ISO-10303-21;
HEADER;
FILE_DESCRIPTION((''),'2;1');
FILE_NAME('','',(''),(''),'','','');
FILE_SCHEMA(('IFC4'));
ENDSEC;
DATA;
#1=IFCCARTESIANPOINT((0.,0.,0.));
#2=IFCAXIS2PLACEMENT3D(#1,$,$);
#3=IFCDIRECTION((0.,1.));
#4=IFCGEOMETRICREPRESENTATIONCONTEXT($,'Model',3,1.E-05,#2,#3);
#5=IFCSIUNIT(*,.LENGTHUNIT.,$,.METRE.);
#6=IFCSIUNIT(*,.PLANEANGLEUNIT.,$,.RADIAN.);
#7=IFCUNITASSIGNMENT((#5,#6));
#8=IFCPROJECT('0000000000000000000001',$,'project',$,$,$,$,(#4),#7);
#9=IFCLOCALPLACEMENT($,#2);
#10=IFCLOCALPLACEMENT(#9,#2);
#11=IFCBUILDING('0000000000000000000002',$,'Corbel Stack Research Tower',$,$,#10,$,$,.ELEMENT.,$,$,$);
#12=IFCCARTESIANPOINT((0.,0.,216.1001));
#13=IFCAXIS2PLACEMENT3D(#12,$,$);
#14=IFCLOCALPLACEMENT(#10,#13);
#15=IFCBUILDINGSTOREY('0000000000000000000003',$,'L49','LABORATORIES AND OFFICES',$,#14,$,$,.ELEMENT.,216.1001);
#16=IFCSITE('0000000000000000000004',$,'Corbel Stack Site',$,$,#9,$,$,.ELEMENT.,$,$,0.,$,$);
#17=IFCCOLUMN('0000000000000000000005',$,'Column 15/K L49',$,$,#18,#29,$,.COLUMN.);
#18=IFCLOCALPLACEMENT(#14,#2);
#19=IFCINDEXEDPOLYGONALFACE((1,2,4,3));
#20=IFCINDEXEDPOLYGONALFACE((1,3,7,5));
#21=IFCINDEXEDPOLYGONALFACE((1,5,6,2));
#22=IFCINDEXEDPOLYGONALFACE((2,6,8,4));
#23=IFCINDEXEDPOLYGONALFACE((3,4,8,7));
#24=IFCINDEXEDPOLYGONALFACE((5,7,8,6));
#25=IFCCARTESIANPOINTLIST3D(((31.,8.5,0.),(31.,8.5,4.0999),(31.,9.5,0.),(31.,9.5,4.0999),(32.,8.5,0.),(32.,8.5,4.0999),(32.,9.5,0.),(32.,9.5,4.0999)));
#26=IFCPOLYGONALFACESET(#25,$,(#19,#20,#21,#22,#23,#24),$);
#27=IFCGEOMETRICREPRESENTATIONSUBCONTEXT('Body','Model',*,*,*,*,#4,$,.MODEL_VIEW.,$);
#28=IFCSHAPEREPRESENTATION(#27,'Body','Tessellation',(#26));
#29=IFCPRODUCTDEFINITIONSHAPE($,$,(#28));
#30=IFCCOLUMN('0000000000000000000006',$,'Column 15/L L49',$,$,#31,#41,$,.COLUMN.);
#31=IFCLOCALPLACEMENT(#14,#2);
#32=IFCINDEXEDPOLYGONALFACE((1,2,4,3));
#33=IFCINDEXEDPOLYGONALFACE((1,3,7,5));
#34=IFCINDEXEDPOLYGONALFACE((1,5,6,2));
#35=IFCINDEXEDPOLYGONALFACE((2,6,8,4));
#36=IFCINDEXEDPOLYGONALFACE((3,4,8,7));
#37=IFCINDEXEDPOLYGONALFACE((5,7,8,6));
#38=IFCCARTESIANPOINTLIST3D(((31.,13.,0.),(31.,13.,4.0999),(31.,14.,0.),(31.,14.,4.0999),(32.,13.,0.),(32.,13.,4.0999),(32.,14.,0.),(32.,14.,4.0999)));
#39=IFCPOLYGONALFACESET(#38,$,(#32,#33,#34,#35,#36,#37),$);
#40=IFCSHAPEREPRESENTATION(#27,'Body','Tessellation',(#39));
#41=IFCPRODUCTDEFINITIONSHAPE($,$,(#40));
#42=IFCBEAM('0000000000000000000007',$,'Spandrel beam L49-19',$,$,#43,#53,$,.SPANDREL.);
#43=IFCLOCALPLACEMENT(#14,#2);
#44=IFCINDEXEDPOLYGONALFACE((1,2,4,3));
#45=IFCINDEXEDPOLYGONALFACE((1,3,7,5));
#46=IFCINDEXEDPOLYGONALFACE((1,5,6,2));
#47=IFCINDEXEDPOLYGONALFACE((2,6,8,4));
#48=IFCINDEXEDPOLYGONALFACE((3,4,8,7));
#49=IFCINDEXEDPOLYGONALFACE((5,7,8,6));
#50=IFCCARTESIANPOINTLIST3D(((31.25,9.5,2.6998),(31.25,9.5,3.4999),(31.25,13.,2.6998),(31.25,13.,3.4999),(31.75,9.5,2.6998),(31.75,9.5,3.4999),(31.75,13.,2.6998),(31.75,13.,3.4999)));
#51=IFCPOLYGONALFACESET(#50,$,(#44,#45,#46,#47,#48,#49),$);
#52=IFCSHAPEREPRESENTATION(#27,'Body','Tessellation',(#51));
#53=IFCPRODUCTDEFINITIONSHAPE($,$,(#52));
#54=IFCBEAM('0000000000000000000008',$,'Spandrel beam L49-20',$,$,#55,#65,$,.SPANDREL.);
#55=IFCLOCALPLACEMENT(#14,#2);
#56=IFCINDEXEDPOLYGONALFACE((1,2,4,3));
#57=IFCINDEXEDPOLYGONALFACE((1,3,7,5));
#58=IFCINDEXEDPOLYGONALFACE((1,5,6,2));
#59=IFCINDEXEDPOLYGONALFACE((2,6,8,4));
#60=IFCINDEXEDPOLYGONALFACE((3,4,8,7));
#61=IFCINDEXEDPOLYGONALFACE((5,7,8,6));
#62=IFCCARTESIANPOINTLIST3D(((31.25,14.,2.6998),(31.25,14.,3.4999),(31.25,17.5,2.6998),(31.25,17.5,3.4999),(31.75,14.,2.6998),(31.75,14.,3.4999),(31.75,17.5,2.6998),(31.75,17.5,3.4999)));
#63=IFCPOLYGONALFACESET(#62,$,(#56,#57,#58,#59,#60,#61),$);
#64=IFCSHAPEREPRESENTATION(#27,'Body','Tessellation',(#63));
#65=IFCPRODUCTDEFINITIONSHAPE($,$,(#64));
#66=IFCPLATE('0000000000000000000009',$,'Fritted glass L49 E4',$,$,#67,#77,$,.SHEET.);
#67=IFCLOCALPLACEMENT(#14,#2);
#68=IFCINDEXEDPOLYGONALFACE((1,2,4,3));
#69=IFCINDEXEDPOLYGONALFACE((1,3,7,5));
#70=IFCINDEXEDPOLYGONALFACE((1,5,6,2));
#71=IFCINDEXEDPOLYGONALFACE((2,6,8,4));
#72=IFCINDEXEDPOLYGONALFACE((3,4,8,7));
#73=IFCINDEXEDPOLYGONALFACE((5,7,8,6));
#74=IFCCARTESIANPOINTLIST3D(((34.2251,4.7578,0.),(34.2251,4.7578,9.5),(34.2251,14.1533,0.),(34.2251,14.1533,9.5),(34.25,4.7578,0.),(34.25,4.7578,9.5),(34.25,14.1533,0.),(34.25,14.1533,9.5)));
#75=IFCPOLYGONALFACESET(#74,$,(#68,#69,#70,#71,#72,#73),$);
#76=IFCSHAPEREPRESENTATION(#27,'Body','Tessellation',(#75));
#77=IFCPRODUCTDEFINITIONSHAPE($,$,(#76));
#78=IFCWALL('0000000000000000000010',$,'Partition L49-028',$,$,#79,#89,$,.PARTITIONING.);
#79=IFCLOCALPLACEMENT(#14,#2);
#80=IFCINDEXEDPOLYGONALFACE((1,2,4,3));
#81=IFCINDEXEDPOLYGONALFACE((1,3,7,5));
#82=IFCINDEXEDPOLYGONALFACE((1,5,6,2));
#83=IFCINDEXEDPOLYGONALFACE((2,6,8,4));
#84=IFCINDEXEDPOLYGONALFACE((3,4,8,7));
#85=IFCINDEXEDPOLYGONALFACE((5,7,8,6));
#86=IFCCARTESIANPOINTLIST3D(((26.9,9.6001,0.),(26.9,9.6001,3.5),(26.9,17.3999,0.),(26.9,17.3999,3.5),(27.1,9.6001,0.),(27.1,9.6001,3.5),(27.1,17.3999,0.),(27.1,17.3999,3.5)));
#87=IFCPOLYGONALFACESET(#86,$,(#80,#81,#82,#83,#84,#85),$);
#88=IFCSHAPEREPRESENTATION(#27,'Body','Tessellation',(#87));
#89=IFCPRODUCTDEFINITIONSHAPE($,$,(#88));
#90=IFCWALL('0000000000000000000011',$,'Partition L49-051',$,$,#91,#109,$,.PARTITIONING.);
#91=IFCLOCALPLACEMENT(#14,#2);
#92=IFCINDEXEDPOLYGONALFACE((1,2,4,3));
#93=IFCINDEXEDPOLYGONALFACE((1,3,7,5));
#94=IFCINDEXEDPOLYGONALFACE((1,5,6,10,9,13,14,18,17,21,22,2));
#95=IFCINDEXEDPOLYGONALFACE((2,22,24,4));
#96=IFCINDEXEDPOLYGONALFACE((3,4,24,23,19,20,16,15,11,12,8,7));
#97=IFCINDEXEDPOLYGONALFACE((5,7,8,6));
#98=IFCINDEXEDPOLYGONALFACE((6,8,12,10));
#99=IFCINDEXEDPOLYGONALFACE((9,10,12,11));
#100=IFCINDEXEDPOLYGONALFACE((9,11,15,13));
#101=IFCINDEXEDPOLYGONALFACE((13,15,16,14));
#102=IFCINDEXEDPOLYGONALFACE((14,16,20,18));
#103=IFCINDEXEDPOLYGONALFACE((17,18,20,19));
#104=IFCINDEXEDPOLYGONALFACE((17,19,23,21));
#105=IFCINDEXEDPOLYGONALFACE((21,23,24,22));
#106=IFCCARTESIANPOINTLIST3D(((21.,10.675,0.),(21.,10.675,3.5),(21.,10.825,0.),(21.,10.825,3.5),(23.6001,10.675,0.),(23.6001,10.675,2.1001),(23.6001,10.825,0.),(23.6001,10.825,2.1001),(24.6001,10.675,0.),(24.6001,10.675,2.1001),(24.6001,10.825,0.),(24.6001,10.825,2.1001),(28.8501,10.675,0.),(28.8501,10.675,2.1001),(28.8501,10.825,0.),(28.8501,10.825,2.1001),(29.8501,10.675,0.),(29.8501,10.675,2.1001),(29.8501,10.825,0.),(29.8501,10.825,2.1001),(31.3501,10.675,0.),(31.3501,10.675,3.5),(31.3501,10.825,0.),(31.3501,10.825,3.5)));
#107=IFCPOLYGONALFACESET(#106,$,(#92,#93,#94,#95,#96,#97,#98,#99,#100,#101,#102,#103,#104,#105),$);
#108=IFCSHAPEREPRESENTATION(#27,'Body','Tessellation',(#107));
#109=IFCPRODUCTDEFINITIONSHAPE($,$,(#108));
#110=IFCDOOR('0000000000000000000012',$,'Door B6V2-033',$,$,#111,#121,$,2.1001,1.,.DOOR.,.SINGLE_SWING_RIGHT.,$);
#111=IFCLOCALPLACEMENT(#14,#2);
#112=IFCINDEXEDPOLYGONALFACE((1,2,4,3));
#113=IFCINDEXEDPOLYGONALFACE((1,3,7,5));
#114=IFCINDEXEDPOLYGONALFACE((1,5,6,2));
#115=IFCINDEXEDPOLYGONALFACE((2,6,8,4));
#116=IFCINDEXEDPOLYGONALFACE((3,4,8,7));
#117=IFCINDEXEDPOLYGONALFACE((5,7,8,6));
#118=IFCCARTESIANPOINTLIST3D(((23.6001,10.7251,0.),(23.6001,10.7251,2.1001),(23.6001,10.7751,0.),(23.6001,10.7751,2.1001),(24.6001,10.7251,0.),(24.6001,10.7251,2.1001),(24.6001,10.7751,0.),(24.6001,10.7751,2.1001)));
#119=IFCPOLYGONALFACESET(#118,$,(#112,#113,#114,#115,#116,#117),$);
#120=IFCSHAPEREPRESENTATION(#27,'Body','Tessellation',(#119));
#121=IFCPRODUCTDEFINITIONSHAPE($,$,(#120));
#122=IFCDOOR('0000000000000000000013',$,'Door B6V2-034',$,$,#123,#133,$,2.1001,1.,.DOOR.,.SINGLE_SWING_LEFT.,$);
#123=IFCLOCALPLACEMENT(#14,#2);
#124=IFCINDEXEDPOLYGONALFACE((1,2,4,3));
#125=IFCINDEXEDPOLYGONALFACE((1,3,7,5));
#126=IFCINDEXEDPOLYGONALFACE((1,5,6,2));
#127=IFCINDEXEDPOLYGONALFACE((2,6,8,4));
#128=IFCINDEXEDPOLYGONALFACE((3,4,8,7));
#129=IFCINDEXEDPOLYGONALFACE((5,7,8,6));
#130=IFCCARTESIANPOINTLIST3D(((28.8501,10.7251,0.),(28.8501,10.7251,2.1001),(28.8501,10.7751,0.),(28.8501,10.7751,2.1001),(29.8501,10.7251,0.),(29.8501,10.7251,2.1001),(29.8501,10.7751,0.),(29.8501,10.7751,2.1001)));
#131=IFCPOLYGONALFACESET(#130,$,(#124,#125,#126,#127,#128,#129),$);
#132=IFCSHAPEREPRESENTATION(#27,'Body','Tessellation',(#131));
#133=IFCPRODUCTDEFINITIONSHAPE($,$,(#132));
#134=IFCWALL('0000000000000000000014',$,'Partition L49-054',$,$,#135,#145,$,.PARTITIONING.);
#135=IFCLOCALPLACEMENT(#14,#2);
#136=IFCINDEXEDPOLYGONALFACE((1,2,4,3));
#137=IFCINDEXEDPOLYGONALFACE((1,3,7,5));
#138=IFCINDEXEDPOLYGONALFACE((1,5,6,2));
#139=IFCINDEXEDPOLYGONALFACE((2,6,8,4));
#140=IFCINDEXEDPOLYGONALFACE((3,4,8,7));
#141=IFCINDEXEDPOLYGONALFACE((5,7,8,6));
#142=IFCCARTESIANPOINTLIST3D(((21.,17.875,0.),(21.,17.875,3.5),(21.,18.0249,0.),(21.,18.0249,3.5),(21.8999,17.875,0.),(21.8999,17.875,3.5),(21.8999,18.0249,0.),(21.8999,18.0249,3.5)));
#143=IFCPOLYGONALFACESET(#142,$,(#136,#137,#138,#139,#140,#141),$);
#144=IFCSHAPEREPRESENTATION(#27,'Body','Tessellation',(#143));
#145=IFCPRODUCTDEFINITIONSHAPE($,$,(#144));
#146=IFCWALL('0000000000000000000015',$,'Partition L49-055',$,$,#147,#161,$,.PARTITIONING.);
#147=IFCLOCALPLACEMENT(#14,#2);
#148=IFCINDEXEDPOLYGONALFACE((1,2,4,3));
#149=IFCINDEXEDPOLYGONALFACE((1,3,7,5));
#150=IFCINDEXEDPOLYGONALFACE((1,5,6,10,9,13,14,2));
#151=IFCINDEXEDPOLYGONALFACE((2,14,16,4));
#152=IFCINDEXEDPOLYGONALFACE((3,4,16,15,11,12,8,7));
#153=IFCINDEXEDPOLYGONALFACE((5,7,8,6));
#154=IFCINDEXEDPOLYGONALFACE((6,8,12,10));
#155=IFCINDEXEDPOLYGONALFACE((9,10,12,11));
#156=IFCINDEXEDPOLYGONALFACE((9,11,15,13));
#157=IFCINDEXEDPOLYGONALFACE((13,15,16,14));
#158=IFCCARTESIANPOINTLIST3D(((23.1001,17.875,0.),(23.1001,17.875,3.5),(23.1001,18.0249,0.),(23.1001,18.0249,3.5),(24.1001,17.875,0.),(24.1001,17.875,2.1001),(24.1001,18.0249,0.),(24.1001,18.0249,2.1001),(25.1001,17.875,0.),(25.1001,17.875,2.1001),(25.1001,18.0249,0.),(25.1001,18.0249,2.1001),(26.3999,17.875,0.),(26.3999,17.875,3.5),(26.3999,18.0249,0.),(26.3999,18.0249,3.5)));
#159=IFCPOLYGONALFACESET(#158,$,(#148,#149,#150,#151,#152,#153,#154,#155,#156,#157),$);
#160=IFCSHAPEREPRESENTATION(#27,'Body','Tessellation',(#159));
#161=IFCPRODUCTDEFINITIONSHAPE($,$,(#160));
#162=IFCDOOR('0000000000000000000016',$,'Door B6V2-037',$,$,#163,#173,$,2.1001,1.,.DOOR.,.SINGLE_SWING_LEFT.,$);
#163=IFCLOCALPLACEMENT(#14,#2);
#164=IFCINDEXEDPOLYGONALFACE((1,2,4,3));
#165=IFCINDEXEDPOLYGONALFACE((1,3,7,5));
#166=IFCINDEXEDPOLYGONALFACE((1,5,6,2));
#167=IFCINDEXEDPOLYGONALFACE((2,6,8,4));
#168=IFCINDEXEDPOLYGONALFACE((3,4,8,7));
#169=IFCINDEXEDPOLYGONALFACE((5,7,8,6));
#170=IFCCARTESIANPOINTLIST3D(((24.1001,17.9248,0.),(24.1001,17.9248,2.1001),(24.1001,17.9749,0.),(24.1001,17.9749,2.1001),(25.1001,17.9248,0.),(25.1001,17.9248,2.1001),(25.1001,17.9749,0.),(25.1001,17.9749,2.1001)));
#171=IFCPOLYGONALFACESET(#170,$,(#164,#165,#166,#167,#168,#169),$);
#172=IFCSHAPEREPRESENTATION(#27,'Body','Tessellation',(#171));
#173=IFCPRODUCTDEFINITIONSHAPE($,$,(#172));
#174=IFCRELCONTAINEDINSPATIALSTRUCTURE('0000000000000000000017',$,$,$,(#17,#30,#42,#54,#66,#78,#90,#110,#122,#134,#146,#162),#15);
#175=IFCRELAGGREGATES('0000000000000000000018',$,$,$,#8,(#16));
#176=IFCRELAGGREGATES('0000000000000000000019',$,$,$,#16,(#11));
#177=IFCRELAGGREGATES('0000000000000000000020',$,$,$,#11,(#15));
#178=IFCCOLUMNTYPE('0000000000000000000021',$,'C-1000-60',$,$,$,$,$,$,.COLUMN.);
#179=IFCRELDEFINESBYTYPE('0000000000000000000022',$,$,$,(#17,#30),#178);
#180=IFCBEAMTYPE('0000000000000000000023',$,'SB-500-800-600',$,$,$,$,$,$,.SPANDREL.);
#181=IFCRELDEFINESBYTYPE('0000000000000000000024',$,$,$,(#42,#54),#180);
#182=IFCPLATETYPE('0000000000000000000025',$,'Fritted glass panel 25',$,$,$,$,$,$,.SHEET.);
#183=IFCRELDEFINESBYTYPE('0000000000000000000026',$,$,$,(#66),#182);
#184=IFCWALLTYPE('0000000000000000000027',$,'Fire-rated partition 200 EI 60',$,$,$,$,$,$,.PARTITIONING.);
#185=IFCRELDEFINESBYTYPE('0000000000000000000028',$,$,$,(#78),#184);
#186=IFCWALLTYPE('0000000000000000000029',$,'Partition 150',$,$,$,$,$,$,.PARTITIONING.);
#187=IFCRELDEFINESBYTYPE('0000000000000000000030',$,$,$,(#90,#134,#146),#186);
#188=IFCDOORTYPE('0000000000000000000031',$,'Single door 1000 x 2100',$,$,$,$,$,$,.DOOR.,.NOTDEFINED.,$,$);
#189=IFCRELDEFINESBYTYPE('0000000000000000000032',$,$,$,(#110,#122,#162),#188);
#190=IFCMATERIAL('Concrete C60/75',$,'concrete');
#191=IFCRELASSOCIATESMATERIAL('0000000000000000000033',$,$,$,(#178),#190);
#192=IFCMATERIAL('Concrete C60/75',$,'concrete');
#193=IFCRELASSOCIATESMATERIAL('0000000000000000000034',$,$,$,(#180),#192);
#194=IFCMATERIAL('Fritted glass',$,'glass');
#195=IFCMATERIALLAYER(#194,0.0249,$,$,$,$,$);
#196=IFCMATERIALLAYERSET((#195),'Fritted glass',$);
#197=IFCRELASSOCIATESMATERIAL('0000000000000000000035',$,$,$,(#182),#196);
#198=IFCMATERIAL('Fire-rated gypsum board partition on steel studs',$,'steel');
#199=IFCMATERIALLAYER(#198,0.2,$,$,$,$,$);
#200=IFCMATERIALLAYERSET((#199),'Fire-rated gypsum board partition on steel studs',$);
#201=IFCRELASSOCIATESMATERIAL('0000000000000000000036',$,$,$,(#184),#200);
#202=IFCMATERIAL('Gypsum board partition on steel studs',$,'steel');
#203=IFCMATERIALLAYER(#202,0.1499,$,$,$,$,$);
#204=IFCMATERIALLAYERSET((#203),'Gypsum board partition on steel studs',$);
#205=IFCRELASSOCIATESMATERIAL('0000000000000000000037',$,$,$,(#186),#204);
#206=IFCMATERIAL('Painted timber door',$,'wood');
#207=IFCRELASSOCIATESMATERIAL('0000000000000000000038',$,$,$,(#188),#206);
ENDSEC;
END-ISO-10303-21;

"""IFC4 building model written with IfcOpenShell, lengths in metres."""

from ifc_helpers import new_model, si_unit, direction, frame, frame_2d, origin, origin_2d, place, context, subcontext, project, spatial, rectangle, extrude, material, layer, layer_set, material_profile, profile_set, type_object, element, fill, save


model = new_model("IFC4")

# Units and contexts
model_context = context("Model", 3, precision=1e-05, world=origin(), true_north=direction((0.0, 1.0)))
body_context = subcontext(model_context, "Body", "Model", "MODEL_VIEW")
ifc_project = project(units=[si_unit("LENGTHUNIT", "METRE"), si_unit("PLANEANGLEUNIT", "RADIAN")], contexts=[model_context])

# Site, building, storey
site_placement = place(None, origin())
site = spatial("IfcSite", under=ifc_project, at=site_placement, Name="Corbel Stack Site", CompositionType="ELEMENT", RefElevation=0.0)
building_placement = place(site_placement, origin())
building = spatial("IfcBuilding", under=site, at=building_placement, Name="Corbel Stack Research Tower", CompositionType="ELEMENT")
storey_placement = place(building_placement, frame((0.0, 0.0, 216.1001)))
storey = spatial("IfcBuildingStorey", under=building, at=storey_placement, Name="L49", Description="LABORATORIES AND OFFICES", CompositionType="ELEMENT", Elevation=216.1001)

# Columns
ifc_material_1 = material(Name="Concrete C60/75", Category="concrete")
ifc_material_profile_1 = material_profile(ifc_material_1, rectangle(XDim=1.0, YDim=1.0, at=origin_2d()), Name="RC 1000 x 1000")
ifc_profile_set_1 = profile_set([ifc_material_profile_1], Name="Concrete C60/75")
column_type = type_object("IfcColumnType", Name="C-1000-60", PredefinedType="COLUMN", material=ifc_profile_set_1)
for number, where, z_axis, x_axis, name in (
    (1, (31.5, 9.0, 0.0), (0.0, 0.0, 1.0), (1.0, 0.0, 0.0), "Column 15/K L49"),
    (2, (31.5, 13.5, 0.0), (0.0, 0.0, 1.0), (1.0, 0.0, 0.0), "Column 15/L L49"),
):
    element("IfcColumn", number, at=place(storey_placement, frame(where, z_axis=z_axis, x_axis=x_axis)), inside=storey, type_object=column_type, Name=name, PredefinedType="COLUMN", context=body_context, shape_type="SweptSolid", body=[
        extrude(rectangle(XDim=1.0, YDim=1.0, at=origin_2d()), origin(), (0.0, 0.0, 1.0), 4.0999),
    ])

# Beams
ifc_material_2 = material(Name="Concrete C60/75", Category="concrete")
ifc_material_profile_2 = material_profile(ifc_material_2, rectangle(XDim=0.5, YDim=0.8, at=origin_2d()), Name="RC 500 x 800")
ifc_profile_set_2 = profile_set([ifc_material_profile_2], Name="Concrete C60/75")
beam_type = type_object("IfcBeamType", Name="SB-500-800-600", PredefinedType="SPANDREL", material=ifc_profile_set_2)
for number, where, z_axis, x_axis, name in (
    (3, (31.5, 9.5, 3.0999), (0.0, 1.0, 0.0), (-1.0, 0.0, 0.0), "Spandrel beam L49-19"),
    (4, (31.5, 14.0, 3.0999), (0.0, 1.0, 0.0), (-1.0, 0.0, 0.0), "Spandrel beam L49-20"),
):
    element("IfcBeam", number, at=place(storey_placement, frame(where, z_axis=z_axis, x_axis=x_axis)), inside=storey, type_object=beam_type, Name=name, PredefinedType="SPANDREL", context=body_context, shape_type="SweptSolid", body=[
        extrude(rectangle(XDim=0.5, YDim=0.8, at=origin_2d()), origin(), (0.0, 0.0, 1.0), 3.5),
    ])

# Plate
ifc_material_3 = material(Name="Fritted glass", Category="glass")
ifc_layer_1 = layer(ifc_material_3, 0.0249)
ifc_layer_set_1 = layer_set([ifc_layer_1], Name="Fritted glass")
plate_type = type_object("IfcPlateType", Name="Fritted glass panel 25", PredefinedType="SHEET", material=ifc_layer_set_1)
plate_placement = place(storey_placement, frame((34.2375, 9.4556, 0.0), z_axis=(0.0, 0.0, 1.0), x_axis=(0.0, 1.0, 0.0)))
element("IfcPlate", 5, at=plate_placement, inside=storey, type_object=plate_type, Name="Fritted glass L49 E4", PredefinedType="SHEET", context=body_context, shape_type="SweptSolid", body=[
    extrude(rectangle(XDim=9.3955, YDim=0.0249, at=origin_2d()), origin(), (0.0, 0.0, 1.0), 9.5),
])

# Wall
ifc_material_4 = material(Name="Fire-rated gypsum board partition on steel studs", Category="steel")
ifc_layer_2 = layer(ifc_material_4, 0.2)
ifc_layer_set_2 = layer_set([ifc_layer_2], Name="Fire-rated gypsum board partition on steel studs")
wall_type_1 = type_object("IfcWallType", Name="Fire-rated partition 200 EI 60", PredefinedType="PARTITIONING", material=ifc_layer_set_2)
wall_1_placement = place(storey_placement, frame((27.0, 9.6001, 0.0), z_axis=(0.0, 0.0, 1.0), x_axis=(0.0, 1.0, 0.0)))
element("IfcWall", 6, at=wall_1_placement, inside=storey, type_object=wall_type_1, Name="Partition L49-028", PredefinedType="PARTITIONING", context=body_context, shape_type="SweptSolid", body=[
    extrude(rectangle(XDim=7.7998, YDim=0.2, at=frame_2d((3.8999, 0.0))), origin(), (0.0, 0.0, 1.0), 3.5),
])

# Wall, openings, doors
ifc_material_5 = material(Name="Gypsum board partition on steel studs", Category="steel")
ifc_layer_3 = layer(ifc_material_5, 0.1499)
ifc_layer_set_3 = layer_set([ifc_layer_3], Name="Gypsum board partition on steel studs")
wall_type_2 = type_object("IfcWallType", Name="Partition 150", PredefinedType="PARTITIONING", material=ifc_layer_set_3)
wall_2_placement = place(storey_placement, frame((31.3501, 10.75, 0.0), z_axis=(0.0, 0.0, 1.0), x_axis=(-1.0, 0.0, 0.0)))
wall_2 = element("IfcWall", 7, at=wall_2_placement, inside=storey, type_object=wall_type_2, Name="Partition L49-051", PredefinedType="PARTITIONING", context=body_context, shape_type="SweptSolid", body=[
    extrude(rectangle(XDim=10.3501, YDim=0.1499, at=frame_2d((5.175, 0.0))), origin(), (0.0, 0.0, 1.0), 3.5),
])
opening_1_placement = place(wall_2_placement, frame((6.75, 0.0, 0.0)))
opening_1 = element("IfcOpeningElement", 8, at=opening_1_placement, cuts=wall_2, PredefinedType="OPENING", context=body_context, shape_type="SweptSolid", body=[
    extrude(rectangle(XDim=1.0, YDim=2.1001, at=frame_2d((0.5, 1.05))), frame((0.0, 0.085, 0.0), z_axis=(0.0, -1.0, 0.0), x_axis=(1.0, 0.0, 0.0)), (0.0, 0.0, 1.0), 0.1699),
])
opening_2_placement = place(wall_2_placement, frame((1.5, 0.0, 0.0)))
opening_2 = element("IfcOpeningElement", 9, at=opening_2_placement, cuts=wall_2, PredefinedType="OPENING", context=body_context, shape_type="SweptSolid", body=[
    extrude(rectangle(XDim=1.0, YDim=2.1001, at=frame_2d((0.5, 1.05))), frame((0.0, 0.085, 0.0), z_axis=(0.0, -1.0, 0.0), x_axis=(1.0, 0.0, 0.0)), (0.0, 0.0, 1.0), 0.1699),
])
ifc_material_6 = material(Name="Painted timber door", Category="wood")
door_type_1 = type_object("IfcDoorType", Name="Single door 1000 x 2100", OperationType="NOTDEFINED", PredefinedType="DOOR", material=ifc_material_6)
door_1_placement = place(opening_1_placement, origin())
door_1 = element("IfcDoor", 10, at=door_1_placement, inside=storey, type_object=door_type_1, Name="Door B6V2-033", OperationType="SINGLE_SWING_RIGHT", OverallHeight=2.1001, OverallWidth=1.0, PredefinedType="DOOR", context=body_context, shape_type="SweptSolid", body=[
    extrude(rectangle(XDim=1.0, YDim=2.1001, at=frame_2d((0.5, 1.05))), frame((0.0, 0.0249, 0.0), z_axis=(0.0, -1.0, 0.0), x_axis=(1.0, 0.0, 0.0)), (0.0, 0.0, 1.0), 0.05),
])
fill(opening_1, door_1)
door_2_placement = place(opening_2_placement, origin())
door_2 = element("IfcDoor", 11, at=door_2_placement, inside=storey, type_object=door_type_1, Name="Door B6V2-034", OperationType="SINGLE_SWING_LEFT", OverallHeight=2.1001, OverallWidth=1.0, PredefinedType="DOOR", context=body_context, shape_type="SweptSolid", body=[
    extrude(rectangle(XDim=1.0, YDim=2.1001, at=frame_2d((0.5, 1.05))), frame((0.0, 0.0249, 0.0), z_axis=(0.0, -1.0, 0.0), x_axis=(1.0, 0.0, 0.0)), (0.0, 0.0, 1.0), 0.05),
])
fill(opening_2, door_2)

# Wall
wall_3_placement = place(storey_placement, frame((21.0, 17.95, 0.0), z_axis=(0.0, 0.0, 1.0), x_axis=(1.0, 0.0, 0.0)))
element("IfcWall", 12, at=wall_3_placement, inside=storey, type_object=wall_type_2, Name="Partition L49-054", PredefinedType="PARTITIONING", context=body_context, shape_type="SweptSolid", body=[
    extrude(rectangle(XDim=0.8999, YDim=0.1499, at=frame_2d((0.45, 0.0))), origin(), (0.0, 0.0, 1.0), 3.5),
])

# Wall, opening, door
wall_4_placement = place(storey_placement, frame((23.1001, 17.95, 0.0), z_axis=(0.0, 0.0, 1.0), x_axis=(1.0, 0.0, 0.0)))
wall_4 = element("IfcWall", 13, at=wall_4_placement, inside=storey, type_object=wall_type_2, Name="Partition L49-055", PredefinedType="PARTITIONING", context=body_context, shape_type="SweptSolid", body=[
    extrude(rectangle(XDim=3.2998, YDim=0.1499, at=frame_2d((1.6499, 0.0))), origin(), (0.0, 0.0, 1.0), 3.5),
])
opening_3_placement = place(wall_4_placement, frame((1.0, 0.0, 0.0)))
opening_3 = element("IfcOpeningElement", 14, at=opening_3_placement, cuts=wall_4, PredefinedType="OPENING", context=body_context, shape_type="SweptSolid", body=[
    extrude(rectangle(XDim=1.0, YDim=2.1001, at=frame_2d((0.5, 1.05))), frame((0.0, 0.085, 0.0), z_axis=(0.0, -1.0, 0.0), x_axis=(1.0, 0.0, 0.0)), (0.0, 0.0, 1.0), 0.1699),
])
door_3_placement = place(opening_3_placement, origin())
door_3 = element("IfcDoor", 15, at=door_3_placement, inside=storey, type_object=door_type_1, Name="Door B6V2-037", OperationType="SINGLE_SWING_LEFT", OverallHeight=2.1001, OverallWidth=1.0, PredefinedType="DOOR", context=body_context, shape_type="SweptSolid", body=[
    extrude(rectangle(XDim=1.0, YDim=2.1001, at=frame_2d((0.5, 1.05))), frame((0.0, 0.0249, 0.0), z_axis=(0.0, -1.0, 0.0), x_axis=(1.0, 0.0, 0.0)), (0.0, 0.0, 1.0), 0.05),
])
fill(opening_3, door_3)

save(model, "model.ifc")
